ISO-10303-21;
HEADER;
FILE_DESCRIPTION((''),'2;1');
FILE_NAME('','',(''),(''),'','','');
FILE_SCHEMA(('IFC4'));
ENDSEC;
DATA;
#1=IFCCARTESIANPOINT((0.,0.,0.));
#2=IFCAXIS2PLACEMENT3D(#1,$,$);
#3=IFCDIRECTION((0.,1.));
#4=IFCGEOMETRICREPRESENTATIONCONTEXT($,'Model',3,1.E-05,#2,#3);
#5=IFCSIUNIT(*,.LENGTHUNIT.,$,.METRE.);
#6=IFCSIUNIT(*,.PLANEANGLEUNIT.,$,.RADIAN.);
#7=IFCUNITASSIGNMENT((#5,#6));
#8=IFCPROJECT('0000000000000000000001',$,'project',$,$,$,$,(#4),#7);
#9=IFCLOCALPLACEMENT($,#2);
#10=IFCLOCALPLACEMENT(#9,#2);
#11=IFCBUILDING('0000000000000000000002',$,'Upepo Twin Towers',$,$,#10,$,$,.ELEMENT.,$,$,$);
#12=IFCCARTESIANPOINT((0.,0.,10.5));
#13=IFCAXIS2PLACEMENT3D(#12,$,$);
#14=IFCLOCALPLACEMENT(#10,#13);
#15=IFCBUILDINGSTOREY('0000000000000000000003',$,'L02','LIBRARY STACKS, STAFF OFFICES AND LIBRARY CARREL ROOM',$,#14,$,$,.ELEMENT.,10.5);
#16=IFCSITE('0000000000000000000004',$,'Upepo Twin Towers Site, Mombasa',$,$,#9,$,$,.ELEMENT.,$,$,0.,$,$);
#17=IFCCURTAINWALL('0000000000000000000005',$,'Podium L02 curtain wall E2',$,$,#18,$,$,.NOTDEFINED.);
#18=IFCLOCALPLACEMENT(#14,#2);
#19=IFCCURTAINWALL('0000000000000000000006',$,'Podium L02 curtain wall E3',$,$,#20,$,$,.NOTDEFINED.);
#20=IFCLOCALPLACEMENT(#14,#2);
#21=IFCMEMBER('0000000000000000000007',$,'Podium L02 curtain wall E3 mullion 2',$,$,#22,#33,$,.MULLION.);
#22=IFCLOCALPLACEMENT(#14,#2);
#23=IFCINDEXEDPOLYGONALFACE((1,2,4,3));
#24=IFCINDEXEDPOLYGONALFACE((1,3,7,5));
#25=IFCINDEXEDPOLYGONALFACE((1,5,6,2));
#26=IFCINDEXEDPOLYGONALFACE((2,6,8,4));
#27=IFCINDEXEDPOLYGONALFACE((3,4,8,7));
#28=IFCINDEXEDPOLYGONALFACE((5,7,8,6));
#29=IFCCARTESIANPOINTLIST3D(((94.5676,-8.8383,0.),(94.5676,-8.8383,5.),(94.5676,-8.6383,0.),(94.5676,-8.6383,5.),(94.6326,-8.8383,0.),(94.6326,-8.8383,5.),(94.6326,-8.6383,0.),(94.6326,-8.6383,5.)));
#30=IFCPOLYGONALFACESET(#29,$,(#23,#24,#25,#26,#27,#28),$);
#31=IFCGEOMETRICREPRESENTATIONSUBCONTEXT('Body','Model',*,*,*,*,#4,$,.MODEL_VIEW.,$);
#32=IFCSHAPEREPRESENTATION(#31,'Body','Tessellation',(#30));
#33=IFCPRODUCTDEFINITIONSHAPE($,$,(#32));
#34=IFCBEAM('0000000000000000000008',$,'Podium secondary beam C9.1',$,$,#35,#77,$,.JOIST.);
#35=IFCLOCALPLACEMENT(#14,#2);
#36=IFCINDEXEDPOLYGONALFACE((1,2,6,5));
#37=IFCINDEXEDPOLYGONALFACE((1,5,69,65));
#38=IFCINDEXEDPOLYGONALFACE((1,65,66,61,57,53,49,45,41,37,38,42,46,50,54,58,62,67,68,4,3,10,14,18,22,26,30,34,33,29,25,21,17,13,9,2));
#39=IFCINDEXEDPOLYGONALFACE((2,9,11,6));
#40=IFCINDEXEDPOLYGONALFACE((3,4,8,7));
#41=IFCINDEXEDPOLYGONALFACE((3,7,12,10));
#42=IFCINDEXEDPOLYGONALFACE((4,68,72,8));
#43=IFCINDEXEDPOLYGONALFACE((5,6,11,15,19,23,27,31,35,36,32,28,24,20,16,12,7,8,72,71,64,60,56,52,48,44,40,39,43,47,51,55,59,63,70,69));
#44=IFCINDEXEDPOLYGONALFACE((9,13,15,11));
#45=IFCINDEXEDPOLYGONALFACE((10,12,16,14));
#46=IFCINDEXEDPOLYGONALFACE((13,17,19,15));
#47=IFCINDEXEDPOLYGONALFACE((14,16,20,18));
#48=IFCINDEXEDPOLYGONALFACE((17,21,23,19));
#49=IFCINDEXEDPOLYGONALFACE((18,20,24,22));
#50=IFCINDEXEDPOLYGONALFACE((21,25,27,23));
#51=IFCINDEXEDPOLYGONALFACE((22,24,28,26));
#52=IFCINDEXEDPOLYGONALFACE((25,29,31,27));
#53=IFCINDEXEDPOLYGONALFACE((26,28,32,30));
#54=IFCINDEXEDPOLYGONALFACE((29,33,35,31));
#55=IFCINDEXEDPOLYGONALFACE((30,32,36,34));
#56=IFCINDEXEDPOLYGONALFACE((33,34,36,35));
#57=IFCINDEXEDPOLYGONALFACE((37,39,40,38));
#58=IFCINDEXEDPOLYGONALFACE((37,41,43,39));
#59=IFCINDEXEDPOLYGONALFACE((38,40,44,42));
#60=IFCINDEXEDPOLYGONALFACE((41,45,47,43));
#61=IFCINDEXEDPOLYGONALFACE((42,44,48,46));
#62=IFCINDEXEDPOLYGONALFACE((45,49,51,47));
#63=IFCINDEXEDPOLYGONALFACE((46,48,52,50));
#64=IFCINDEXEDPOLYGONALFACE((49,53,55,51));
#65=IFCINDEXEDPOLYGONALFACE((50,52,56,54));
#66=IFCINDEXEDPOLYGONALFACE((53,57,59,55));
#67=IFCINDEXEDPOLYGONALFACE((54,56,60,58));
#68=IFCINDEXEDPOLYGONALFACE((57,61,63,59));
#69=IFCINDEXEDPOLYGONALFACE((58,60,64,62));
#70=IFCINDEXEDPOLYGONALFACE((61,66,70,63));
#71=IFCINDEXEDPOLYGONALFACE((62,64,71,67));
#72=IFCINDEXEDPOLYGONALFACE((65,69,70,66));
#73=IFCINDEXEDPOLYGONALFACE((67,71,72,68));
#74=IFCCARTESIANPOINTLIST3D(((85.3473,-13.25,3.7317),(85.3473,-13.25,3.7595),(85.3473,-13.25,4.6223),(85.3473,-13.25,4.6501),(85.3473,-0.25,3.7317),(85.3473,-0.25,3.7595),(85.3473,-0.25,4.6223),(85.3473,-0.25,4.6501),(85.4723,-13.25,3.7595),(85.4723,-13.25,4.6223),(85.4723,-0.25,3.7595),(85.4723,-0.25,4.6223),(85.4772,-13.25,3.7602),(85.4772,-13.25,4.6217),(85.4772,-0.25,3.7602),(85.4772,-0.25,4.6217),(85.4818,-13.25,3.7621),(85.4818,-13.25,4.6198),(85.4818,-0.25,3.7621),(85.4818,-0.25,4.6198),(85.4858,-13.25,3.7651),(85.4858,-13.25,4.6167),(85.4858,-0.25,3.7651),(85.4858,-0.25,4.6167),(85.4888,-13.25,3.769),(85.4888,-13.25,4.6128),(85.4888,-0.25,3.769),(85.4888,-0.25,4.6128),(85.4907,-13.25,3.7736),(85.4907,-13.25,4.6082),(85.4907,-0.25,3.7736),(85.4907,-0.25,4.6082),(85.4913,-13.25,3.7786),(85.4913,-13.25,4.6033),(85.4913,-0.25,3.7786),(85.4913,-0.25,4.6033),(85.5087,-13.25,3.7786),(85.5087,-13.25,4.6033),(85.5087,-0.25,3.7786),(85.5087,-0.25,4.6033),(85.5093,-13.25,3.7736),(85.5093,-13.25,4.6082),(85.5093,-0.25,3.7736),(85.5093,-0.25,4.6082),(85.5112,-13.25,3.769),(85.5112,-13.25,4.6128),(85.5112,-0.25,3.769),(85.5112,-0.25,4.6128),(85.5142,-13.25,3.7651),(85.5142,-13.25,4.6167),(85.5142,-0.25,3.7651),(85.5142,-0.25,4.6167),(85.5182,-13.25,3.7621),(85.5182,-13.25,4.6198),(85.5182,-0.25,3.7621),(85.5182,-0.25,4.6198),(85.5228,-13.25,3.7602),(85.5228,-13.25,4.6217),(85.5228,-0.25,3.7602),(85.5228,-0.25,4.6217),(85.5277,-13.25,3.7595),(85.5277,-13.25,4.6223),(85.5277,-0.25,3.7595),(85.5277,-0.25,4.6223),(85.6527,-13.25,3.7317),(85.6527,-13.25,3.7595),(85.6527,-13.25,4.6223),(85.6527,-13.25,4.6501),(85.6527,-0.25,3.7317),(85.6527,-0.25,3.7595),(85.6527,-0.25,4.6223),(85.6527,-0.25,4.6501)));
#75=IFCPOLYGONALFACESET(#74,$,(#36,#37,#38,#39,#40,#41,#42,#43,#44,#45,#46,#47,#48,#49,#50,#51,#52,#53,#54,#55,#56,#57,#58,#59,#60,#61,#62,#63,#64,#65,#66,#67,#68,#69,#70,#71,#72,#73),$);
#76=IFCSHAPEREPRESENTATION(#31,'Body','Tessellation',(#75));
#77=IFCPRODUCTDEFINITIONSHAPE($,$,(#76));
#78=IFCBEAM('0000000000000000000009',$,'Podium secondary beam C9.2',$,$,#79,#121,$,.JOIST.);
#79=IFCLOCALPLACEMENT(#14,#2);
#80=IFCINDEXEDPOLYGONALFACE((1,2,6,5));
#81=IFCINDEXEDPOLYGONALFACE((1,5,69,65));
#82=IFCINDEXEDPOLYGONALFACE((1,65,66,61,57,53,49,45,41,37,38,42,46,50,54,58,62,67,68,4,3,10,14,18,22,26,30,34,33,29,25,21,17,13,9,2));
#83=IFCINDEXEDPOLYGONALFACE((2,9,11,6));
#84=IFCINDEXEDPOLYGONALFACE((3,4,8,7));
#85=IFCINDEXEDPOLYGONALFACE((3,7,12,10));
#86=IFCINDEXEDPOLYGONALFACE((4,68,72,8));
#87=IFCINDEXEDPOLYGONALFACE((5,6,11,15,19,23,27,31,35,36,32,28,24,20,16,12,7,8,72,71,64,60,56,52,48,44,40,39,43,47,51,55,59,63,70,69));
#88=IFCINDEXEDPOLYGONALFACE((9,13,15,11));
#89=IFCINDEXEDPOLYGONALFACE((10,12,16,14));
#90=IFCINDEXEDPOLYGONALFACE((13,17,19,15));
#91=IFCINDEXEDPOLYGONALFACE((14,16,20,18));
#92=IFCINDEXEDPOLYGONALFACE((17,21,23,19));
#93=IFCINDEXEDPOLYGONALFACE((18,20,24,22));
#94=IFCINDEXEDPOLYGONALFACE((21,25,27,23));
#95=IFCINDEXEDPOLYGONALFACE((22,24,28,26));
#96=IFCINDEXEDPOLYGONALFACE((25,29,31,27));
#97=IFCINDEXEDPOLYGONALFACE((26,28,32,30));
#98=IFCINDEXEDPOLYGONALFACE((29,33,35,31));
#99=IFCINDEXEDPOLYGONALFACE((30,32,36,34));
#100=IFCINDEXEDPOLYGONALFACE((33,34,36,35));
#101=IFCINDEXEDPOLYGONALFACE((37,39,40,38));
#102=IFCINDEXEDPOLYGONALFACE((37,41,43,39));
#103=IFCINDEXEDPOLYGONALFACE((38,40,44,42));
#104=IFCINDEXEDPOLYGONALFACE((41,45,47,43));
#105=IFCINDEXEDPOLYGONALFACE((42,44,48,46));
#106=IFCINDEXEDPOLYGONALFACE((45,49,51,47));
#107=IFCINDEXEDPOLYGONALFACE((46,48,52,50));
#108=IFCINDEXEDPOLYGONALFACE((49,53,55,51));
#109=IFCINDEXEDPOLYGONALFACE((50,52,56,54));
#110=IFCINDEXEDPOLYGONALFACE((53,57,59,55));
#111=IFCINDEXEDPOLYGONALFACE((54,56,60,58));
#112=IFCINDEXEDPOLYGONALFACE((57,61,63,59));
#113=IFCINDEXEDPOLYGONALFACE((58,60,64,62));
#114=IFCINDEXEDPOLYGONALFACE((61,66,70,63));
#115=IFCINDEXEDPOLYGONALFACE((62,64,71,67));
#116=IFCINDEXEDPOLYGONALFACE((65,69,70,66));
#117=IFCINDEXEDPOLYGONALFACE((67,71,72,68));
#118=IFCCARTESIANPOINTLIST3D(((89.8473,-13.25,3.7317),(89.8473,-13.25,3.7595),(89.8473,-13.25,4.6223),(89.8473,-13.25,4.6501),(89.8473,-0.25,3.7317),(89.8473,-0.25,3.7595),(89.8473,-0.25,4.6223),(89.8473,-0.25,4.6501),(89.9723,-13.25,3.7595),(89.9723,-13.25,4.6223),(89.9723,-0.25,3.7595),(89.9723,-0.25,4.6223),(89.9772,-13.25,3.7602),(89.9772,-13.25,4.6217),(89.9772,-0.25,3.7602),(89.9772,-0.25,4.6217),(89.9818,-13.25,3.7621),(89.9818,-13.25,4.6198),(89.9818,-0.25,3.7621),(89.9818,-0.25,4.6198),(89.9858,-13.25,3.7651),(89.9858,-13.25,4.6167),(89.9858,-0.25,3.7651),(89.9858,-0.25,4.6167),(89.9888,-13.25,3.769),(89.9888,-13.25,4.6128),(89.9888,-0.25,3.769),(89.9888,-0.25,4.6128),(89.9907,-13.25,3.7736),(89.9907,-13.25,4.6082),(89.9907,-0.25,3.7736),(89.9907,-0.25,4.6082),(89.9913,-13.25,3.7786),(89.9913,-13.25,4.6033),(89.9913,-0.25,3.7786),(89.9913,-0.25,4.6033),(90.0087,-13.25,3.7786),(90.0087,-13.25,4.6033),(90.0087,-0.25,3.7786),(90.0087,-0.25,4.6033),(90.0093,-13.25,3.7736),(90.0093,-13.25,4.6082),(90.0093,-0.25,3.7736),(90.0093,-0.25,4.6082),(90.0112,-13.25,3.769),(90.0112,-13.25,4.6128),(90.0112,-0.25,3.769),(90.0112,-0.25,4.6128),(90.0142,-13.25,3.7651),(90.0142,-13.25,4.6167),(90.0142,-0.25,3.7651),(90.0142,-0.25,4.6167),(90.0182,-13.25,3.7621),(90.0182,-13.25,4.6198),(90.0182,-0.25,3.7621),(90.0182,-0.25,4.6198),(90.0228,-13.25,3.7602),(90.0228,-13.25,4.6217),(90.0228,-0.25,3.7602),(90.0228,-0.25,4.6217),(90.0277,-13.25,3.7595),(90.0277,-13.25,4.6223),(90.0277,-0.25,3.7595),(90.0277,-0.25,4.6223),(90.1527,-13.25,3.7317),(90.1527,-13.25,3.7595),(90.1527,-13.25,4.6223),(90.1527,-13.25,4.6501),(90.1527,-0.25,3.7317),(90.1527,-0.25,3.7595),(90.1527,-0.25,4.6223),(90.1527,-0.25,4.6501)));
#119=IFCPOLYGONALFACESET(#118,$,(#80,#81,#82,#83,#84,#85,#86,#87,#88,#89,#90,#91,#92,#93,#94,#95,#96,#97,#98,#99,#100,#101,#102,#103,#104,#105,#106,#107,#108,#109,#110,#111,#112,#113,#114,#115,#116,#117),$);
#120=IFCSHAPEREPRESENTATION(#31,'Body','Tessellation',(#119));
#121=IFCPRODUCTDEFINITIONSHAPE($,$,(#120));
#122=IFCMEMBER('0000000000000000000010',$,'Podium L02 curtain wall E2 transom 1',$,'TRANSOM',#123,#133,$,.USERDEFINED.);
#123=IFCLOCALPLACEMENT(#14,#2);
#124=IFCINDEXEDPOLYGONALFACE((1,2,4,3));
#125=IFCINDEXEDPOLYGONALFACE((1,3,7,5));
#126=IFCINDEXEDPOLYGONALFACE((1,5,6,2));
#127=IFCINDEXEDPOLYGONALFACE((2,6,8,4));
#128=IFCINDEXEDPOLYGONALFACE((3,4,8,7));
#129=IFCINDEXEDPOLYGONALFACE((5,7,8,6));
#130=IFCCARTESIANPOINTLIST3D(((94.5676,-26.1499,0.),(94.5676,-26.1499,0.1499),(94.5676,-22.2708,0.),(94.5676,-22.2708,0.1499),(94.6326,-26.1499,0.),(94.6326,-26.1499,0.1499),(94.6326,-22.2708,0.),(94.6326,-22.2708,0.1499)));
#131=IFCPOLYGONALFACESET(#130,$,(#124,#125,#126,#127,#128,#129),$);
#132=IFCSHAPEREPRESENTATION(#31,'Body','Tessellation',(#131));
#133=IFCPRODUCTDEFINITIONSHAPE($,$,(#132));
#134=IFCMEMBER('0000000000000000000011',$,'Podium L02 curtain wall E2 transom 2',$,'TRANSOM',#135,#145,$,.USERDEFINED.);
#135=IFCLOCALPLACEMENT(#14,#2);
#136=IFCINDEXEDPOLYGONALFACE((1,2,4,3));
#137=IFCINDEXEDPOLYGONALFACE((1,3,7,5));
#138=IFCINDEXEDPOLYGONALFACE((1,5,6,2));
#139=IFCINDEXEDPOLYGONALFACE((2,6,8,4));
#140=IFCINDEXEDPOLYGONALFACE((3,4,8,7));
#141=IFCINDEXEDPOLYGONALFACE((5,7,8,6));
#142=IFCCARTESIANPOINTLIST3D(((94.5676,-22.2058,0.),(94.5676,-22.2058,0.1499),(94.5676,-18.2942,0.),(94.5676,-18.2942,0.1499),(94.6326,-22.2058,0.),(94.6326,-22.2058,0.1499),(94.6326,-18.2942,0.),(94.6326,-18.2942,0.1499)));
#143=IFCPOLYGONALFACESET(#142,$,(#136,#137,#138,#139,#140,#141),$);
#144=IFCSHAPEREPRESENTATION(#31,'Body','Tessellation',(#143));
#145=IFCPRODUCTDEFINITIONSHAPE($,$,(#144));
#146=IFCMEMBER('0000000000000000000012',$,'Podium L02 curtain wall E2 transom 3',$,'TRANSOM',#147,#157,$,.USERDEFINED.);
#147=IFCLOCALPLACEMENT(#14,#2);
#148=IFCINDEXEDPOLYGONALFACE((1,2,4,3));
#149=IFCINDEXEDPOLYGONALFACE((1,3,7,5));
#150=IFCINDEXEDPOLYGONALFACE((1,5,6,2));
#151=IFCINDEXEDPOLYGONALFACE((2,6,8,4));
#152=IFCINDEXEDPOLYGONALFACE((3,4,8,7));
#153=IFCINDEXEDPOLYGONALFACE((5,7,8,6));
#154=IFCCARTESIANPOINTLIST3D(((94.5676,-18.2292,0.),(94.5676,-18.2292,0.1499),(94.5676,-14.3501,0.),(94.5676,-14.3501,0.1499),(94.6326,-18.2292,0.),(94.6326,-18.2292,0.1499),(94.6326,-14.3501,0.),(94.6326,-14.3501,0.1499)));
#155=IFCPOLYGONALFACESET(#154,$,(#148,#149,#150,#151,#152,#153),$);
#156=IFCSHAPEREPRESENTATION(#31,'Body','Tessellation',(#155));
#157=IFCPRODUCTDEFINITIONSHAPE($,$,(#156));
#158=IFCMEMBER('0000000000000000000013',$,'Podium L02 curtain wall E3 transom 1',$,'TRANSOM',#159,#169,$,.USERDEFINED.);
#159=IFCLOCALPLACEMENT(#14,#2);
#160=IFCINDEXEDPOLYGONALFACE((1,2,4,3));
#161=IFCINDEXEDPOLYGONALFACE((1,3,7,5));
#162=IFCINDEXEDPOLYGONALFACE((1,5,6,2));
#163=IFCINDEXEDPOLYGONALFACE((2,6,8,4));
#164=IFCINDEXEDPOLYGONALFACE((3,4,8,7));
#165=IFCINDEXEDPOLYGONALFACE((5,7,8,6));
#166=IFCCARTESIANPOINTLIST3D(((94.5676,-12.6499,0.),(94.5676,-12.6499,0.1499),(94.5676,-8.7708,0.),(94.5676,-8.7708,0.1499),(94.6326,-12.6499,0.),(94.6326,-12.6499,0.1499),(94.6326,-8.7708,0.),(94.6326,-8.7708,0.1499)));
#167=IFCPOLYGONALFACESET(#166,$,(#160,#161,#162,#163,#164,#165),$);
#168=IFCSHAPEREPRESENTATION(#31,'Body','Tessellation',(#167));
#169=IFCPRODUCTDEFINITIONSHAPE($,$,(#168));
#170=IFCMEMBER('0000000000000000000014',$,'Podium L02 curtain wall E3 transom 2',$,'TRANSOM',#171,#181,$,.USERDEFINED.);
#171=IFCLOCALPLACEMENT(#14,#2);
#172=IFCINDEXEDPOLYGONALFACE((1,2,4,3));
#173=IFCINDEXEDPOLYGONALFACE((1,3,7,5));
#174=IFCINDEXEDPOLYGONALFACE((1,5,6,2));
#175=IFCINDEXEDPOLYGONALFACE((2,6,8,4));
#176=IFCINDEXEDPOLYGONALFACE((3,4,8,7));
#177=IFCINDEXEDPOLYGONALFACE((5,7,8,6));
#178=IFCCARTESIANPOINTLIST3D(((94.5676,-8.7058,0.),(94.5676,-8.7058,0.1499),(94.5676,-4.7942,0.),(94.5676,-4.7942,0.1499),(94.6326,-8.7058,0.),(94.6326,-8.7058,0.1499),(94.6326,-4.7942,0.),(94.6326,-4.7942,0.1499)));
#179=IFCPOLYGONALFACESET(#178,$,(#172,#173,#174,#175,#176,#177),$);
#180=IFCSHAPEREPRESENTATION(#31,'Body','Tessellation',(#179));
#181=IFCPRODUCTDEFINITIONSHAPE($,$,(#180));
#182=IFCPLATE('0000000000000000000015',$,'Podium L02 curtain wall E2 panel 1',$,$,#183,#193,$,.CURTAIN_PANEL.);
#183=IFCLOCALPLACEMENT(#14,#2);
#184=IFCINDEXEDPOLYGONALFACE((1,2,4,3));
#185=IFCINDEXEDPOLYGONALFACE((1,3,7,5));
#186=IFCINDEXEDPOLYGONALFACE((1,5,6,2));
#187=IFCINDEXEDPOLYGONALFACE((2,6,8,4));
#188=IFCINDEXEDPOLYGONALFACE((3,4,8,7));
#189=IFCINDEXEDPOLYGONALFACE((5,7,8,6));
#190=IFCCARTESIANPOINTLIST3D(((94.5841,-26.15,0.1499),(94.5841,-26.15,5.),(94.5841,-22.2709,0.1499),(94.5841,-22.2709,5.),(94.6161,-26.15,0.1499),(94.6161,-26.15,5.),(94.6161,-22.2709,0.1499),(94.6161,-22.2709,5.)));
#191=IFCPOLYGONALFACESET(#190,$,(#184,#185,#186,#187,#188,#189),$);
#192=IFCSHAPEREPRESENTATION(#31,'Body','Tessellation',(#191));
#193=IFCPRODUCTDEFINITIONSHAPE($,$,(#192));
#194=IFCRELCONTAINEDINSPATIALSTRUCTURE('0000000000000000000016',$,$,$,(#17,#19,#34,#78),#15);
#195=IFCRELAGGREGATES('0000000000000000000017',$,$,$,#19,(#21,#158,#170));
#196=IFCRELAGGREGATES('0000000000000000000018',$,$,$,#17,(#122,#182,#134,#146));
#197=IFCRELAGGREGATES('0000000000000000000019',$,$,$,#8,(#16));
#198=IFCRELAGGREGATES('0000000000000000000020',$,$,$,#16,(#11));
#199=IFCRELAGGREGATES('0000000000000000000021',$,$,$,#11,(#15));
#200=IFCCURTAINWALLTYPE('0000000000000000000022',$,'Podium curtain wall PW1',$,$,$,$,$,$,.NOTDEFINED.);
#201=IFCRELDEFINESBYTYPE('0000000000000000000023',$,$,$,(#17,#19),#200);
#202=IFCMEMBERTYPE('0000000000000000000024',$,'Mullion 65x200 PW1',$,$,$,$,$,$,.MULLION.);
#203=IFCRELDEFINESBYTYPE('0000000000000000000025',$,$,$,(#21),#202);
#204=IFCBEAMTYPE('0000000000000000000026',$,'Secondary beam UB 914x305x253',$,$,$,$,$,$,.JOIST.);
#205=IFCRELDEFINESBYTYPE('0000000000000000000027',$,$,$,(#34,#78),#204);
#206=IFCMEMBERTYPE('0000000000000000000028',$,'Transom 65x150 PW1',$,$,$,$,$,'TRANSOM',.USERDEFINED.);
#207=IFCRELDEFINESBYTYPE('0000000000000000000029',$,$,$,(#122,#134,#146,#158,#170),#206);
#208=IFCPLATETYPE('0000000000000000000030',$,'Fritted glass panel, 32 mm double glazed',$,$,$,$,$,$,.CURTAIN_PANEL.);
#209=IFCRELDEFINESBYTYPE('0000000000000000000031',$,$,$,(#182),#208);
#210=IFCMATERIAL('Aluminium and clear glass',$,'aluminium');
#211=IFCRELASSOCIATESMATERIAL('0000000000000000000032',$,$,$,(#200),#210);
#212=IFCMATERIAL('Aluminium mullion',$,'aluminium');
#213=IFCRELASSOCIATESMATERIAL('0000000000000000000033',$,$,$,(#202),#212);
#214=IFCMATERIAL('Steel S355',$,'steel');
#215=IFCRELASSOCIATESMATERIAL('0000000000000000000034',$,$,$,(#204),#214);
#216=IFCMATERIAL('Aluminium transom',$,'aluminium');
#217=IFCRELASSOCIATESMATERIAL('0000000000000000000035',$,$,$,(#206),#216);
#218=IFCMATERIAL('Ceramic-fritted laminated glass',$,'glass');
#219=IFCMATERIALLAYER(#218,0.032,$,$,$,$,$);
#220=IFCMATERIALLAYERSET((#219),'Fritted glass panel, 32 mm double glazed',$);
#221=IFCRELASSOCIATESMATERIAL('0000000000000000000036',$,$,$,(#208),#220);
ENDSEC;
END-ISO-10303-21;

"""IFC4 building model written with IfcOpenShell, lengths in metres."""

from ifc_helpers import new_model, si_unit, direction, frame, origin, origin_2d, place, context, subcontext, project, spatial, rectangle, i_section, extrude, material, layer, layer_set, material_profile, profile_set, type_object, element, aggregate, save


model = new_model("IFC4")

# Units and contexts
model_context = context("Model", 3, precision=1e-05, world=origin(), true_north=direction((0.0, 1.0)))
body_context = subcontext(model_context, "Body", "Model", "MODEL_VIEW")
ifc_project = project(units=[si_unit("LENGTHUNIT", "METRE"), si_unit("PLANEANGLEUNIT", "RADIAN")], contexts=[model_context])

# Site, building, storey
site_placement = place(None, origin())
site = spatial("IfcSite", under=ifc_project, at=site_placement, Name="Upepo Twin Towers Site, Mombasa", CompositionType="ELEMENT", RefElevation=0.0)
building_placement = place(site_placement, origin())
building = spatial("IfcBuilding", under=site, at=building_placement, Name="Upepo Twin Towers", CompositionType="ELEMENT")
storey_placement = place(building_placement, frame((0.0, 0.0, 10.5)))
storey = spatial("IfcBuildingStorey", under=building, at=storey_placement, Name="L02", Description="LIBRARY STACKS, STAFF OFFICES AND LIBRARY CARREL ROOM", CompositionType="ELEMENT", Elevation=10.5)

# Shared definitions
ifc_material_1 = material(Name="Aluminium and clear glass", Category="aluminium")
curtain_wall_type = type_object("IfcCurtainWallType", Name="Podium curtain wall PW1", PredefinedType="NOTDEFINED", material=ifc_material_1)
ifc_material_2 = material(Name="Aluminium mullion", Category="aluminium")
ifc_material_profile_1 = material_profile(ifc_material_2, rectangle(XDim=0.0649, YDim=0.2, at=origin_2d()), Name="MULLION 65x200 PODIUM")
ifc_profile_set_1 = profile_set([ifc_material_profile_1], Name="Aluminium mullion")
member_type_1 = type_object("IfcMemberType", Name="Mullion 65x200 PW1", PredefinedType="MULLION", material=ifc_profile_set_1)

# Curtain walls, member
curtain_wall_1_placement = place(storey_placement, origin())
curtain_wall_1 = element("IfcCurtainWall", 1, at=curtain_wall_1_placement, inside=storey, type_object=curtain_wall_type, Name="Podium L02 curtain wall E2", PredefinedType="NOTDEFINED")
curtain_wall_2_placement = place(storey_placement, origin())
curtain_wall_2 = element("IfcCurtainWall", 2, at=curtain_wall_2_placement, inside=storey, type_object=curtain_wall_type, Name="Podium L02 curtain wall E3", PredefinedType="NOTDEFINED")
member_1_placement = place(storey_placement, frame((94.6001, -8.7383, 0.0), z_axis=(0.0, 0.0, 1.0), x_axis=(-1.0, 0.0, 0.0)))
member_1 = element("IfcMember", 3, at=member_1_placement, type_object=member_type_1, Name="Podium L02 curtain wall E3 mullion 2", PredefinedType="MULLION", context=body_context, shape_type="SweptSolid", body=[
    extrude(rectangle(XDim=0.0649, YDim=0.2, at=origin_2d()), origin(), (0.0, 0.0, 1.0), 5.0),
])

# Beams
ifc_material_3 = material(Name="Steel S355", Category="steel")
ifc_material_profile_2 = material_profile(ifc_material_3, i_section(OverallWidth=0.3054, OverallDepth=0.9185, WebThickness=0.0173, FlangeThickness=0.0278, FilletRadius=0.019, at=origin_2d()), Name="UB 914x305x253")
ifc_profile_set_2 = profile_set([ifc_material_profile_2], Name="Steel S355")
beam_type_1 = type_object("IfcBeamType", Name="Secondary beam UB 914x305x253", PredefinedType="JOIST", material=ifc_profile_set_2)
for number, where, z_axis, x_axis, name in (
    (4, (85.5, -13.25, 4.1909), (0.0, 1.0, 0.0), (-1.0, 0.0, 0.0), "Podium secondary beam C9.1"),
    (5, (90.0, -13.25, 4.1909), (0.0, 1.0, 0.0), (-1.0, 0.0, 0.0), "Podium secondary beam C9.2"),
):
    element("IfcBeam", number, at=place(storey_placement, frame(where, z_axis=z_axis, x_axis=x_axis)), inside=storey, type_object=beam_type_1, Name=name, PredefinedType="JOIST", context=body_context, shape_type="SweptSolid", body=[
        extrude(i_section(OverallWidth=0.3054, OverallDepth=0.9185, WebThickness=0.0173, FlangeThickness=0.0278, FilletRadius=0.019, at=origin_2d()), origin(), (0.0, 0.0, 1.0), 13.0),
    ])

# Members
ifc_material_4 = material(Name="Aluminium transom", Category="aluminium")
ifc_material_profile_3 = material_profile(ifc_material_4, rectangle(XDim=0.0649, YDim=0.1499, at=origin_2d()), Name="TRANSOM 65x150 PODIUM")
ifc_profile_set_3 = profile_set([ifc_material_profile_3], Name="Aluminium transom")
member_type_2 = type_object("IfcMemberType", Name="Transom 65x150 PW1", ElementType="TRANSOM", PredefinedType="USERDEFINED", material=ifc_profile_set_3)
member_2_placement = place(storey_placement, frame((94.6001, -26.1499, 0.075), z_axis=(0.0, 1.0, 0.0), x_axis=(-1.0, 0.0, 0.0)))
member_2 = element("IfcMember", 6, at=member_2_placement, type_object=member_type_2, Name="Podium L02 curtain wall E2 transom 1", ObjectType="TRANSOM", PredefinedType="USERDEFINED", context=body_context, shape_type="SweptSolid", body=[
    extrude(rectangle(XDim=0.0649, YDim=0.1499, at=origin_2d()), origin(), (0.0, 0.0, 1.0), 3.8792),
])
member_3_placement = place(storey_placement, frame((94.6001, -22.2058, 0.075), z_axis=(0.0, 1.0, 0.0), x_axis=(-1.0, 0.0, 0.0)))
member_3 = element("IfcMember", 7, at=member_3_placement, type_object=member_type_2, Name="Podium L02 curtain wall E2 transom 2", ObjectType="TRANSOM", PredefinedType="USERDEFINED", context=body_context, shape_type="SweptSolid", body=[
    extrude(rectangle(XDim=0.0649, YDim=0.1499, at=origin_2d()), origin(), (0.0, 0.0, 1.0), 3.9116),
])
member_4_placement = place(storey_placement, frame((94.6001, -18.2292, 0.075), z_axis=(0.0, 1.0, 0.0), x_axis=(-1.0, 0.0, 0.0)))
member_4 = element("IfcMember", 8, at=member_4_placement, type_object=member_type_2, Name="Podium L02 curtain wall E2 transom 3", ObjectType="TRANSOM", PredefinedType="USERDEFINED", context=body_context, shape_type="SweptSolid", body=[
    extrude(rectangle(XDim=0.0649, YDim=0.1499, at=origin_2d()), origin(), (0.0, 0.0, 1.0), 3.8792),
])
member_5_placement = place(storey_placement, frame((94.6001, -12.6499, 0.075), z_axis=(0.0, 1.0, 0.0), x_axis=(-1.0, 0.0, 0.0)))
member_5 = element("IfcMember", 9, at=member_5_placement, type_object=member_type_2, Name="Podium L02 curtain wall E3 transom 1", ObjectType="TRANSOM", PredefinedType="USERDEFINED", context=body_context, shape_type="SweptSolid", body=[
    extrude(rectangle(XDim=0.0649, YDim=0.1499, at=origin_2d()), origin(), (0.0, 0.0, 1.0), 3.8792),
])
member_6_placement = place(storey_placement, frame((94.6001, -8.7058, 0.075), z_axis=(0.0, 1.0, 0.0), x_axis=(-1.0, 0.0, 0.0)))
member_6 = element("IfcMember", 10, at=member_6_placement, type_object=member_type_2, Name="Podium L02 curtain wall E3 transom 2", ObjectType="TRANSOM", PredefinedType="USERDEFINED", context=body_context, shape_type="SweptSolid", body=[
    extrude(rectangle(XDim=0.0649, YDim=0.1499, at=origin_2d()), origin(), (0.0, 0.0, 1.0), 3.9116),
])

# Plate
ifc_material_5 = material(Name="Ceramic-fritted laminated glass", Category="glass")
ifc_layer_1 = layer(ifc_material_5, 0.032)
ifc_layer_set_1 = layer_set([ifc_layer_1], Name="Fritted glass panel, 32 mm double glazed")
plate_type_1 = type_object("IfcPlateType", Name="Fritted glass panel, 32 mm double glazed", PredefinedType="CURTAIN_PANEL", material=ifc_layer_set_1)
plate_1_placement = place(storey_placement, frame((94.6001, -24.2104, 0.1499), z_axis=(0.0, 0.0, 1.0), x_axis=(0.0, 1.0, 0.0)))
plate_1 = element("IfcPlate", 11, at=plate_1_placement, type_object=plate_type_1, Name="Podium L02 curtain wall E2 panel 1", PredefinedType="CURTAIN_PANEL", context=body_context, shape_type="SweptSolid", body=[
    extrude(rectangle(XDim=3.8792, YDim=0.032, at=origin_2d()), origin(), (0.0, 0.0, 1.0), 4.8501),
])
aggregate(curtain_wall_2, [member_1, member_5, member_6])
aggregate(curtain_wall_1, [member_2, plate_1, member_3, member_4])

save(model, "model.ifc")
